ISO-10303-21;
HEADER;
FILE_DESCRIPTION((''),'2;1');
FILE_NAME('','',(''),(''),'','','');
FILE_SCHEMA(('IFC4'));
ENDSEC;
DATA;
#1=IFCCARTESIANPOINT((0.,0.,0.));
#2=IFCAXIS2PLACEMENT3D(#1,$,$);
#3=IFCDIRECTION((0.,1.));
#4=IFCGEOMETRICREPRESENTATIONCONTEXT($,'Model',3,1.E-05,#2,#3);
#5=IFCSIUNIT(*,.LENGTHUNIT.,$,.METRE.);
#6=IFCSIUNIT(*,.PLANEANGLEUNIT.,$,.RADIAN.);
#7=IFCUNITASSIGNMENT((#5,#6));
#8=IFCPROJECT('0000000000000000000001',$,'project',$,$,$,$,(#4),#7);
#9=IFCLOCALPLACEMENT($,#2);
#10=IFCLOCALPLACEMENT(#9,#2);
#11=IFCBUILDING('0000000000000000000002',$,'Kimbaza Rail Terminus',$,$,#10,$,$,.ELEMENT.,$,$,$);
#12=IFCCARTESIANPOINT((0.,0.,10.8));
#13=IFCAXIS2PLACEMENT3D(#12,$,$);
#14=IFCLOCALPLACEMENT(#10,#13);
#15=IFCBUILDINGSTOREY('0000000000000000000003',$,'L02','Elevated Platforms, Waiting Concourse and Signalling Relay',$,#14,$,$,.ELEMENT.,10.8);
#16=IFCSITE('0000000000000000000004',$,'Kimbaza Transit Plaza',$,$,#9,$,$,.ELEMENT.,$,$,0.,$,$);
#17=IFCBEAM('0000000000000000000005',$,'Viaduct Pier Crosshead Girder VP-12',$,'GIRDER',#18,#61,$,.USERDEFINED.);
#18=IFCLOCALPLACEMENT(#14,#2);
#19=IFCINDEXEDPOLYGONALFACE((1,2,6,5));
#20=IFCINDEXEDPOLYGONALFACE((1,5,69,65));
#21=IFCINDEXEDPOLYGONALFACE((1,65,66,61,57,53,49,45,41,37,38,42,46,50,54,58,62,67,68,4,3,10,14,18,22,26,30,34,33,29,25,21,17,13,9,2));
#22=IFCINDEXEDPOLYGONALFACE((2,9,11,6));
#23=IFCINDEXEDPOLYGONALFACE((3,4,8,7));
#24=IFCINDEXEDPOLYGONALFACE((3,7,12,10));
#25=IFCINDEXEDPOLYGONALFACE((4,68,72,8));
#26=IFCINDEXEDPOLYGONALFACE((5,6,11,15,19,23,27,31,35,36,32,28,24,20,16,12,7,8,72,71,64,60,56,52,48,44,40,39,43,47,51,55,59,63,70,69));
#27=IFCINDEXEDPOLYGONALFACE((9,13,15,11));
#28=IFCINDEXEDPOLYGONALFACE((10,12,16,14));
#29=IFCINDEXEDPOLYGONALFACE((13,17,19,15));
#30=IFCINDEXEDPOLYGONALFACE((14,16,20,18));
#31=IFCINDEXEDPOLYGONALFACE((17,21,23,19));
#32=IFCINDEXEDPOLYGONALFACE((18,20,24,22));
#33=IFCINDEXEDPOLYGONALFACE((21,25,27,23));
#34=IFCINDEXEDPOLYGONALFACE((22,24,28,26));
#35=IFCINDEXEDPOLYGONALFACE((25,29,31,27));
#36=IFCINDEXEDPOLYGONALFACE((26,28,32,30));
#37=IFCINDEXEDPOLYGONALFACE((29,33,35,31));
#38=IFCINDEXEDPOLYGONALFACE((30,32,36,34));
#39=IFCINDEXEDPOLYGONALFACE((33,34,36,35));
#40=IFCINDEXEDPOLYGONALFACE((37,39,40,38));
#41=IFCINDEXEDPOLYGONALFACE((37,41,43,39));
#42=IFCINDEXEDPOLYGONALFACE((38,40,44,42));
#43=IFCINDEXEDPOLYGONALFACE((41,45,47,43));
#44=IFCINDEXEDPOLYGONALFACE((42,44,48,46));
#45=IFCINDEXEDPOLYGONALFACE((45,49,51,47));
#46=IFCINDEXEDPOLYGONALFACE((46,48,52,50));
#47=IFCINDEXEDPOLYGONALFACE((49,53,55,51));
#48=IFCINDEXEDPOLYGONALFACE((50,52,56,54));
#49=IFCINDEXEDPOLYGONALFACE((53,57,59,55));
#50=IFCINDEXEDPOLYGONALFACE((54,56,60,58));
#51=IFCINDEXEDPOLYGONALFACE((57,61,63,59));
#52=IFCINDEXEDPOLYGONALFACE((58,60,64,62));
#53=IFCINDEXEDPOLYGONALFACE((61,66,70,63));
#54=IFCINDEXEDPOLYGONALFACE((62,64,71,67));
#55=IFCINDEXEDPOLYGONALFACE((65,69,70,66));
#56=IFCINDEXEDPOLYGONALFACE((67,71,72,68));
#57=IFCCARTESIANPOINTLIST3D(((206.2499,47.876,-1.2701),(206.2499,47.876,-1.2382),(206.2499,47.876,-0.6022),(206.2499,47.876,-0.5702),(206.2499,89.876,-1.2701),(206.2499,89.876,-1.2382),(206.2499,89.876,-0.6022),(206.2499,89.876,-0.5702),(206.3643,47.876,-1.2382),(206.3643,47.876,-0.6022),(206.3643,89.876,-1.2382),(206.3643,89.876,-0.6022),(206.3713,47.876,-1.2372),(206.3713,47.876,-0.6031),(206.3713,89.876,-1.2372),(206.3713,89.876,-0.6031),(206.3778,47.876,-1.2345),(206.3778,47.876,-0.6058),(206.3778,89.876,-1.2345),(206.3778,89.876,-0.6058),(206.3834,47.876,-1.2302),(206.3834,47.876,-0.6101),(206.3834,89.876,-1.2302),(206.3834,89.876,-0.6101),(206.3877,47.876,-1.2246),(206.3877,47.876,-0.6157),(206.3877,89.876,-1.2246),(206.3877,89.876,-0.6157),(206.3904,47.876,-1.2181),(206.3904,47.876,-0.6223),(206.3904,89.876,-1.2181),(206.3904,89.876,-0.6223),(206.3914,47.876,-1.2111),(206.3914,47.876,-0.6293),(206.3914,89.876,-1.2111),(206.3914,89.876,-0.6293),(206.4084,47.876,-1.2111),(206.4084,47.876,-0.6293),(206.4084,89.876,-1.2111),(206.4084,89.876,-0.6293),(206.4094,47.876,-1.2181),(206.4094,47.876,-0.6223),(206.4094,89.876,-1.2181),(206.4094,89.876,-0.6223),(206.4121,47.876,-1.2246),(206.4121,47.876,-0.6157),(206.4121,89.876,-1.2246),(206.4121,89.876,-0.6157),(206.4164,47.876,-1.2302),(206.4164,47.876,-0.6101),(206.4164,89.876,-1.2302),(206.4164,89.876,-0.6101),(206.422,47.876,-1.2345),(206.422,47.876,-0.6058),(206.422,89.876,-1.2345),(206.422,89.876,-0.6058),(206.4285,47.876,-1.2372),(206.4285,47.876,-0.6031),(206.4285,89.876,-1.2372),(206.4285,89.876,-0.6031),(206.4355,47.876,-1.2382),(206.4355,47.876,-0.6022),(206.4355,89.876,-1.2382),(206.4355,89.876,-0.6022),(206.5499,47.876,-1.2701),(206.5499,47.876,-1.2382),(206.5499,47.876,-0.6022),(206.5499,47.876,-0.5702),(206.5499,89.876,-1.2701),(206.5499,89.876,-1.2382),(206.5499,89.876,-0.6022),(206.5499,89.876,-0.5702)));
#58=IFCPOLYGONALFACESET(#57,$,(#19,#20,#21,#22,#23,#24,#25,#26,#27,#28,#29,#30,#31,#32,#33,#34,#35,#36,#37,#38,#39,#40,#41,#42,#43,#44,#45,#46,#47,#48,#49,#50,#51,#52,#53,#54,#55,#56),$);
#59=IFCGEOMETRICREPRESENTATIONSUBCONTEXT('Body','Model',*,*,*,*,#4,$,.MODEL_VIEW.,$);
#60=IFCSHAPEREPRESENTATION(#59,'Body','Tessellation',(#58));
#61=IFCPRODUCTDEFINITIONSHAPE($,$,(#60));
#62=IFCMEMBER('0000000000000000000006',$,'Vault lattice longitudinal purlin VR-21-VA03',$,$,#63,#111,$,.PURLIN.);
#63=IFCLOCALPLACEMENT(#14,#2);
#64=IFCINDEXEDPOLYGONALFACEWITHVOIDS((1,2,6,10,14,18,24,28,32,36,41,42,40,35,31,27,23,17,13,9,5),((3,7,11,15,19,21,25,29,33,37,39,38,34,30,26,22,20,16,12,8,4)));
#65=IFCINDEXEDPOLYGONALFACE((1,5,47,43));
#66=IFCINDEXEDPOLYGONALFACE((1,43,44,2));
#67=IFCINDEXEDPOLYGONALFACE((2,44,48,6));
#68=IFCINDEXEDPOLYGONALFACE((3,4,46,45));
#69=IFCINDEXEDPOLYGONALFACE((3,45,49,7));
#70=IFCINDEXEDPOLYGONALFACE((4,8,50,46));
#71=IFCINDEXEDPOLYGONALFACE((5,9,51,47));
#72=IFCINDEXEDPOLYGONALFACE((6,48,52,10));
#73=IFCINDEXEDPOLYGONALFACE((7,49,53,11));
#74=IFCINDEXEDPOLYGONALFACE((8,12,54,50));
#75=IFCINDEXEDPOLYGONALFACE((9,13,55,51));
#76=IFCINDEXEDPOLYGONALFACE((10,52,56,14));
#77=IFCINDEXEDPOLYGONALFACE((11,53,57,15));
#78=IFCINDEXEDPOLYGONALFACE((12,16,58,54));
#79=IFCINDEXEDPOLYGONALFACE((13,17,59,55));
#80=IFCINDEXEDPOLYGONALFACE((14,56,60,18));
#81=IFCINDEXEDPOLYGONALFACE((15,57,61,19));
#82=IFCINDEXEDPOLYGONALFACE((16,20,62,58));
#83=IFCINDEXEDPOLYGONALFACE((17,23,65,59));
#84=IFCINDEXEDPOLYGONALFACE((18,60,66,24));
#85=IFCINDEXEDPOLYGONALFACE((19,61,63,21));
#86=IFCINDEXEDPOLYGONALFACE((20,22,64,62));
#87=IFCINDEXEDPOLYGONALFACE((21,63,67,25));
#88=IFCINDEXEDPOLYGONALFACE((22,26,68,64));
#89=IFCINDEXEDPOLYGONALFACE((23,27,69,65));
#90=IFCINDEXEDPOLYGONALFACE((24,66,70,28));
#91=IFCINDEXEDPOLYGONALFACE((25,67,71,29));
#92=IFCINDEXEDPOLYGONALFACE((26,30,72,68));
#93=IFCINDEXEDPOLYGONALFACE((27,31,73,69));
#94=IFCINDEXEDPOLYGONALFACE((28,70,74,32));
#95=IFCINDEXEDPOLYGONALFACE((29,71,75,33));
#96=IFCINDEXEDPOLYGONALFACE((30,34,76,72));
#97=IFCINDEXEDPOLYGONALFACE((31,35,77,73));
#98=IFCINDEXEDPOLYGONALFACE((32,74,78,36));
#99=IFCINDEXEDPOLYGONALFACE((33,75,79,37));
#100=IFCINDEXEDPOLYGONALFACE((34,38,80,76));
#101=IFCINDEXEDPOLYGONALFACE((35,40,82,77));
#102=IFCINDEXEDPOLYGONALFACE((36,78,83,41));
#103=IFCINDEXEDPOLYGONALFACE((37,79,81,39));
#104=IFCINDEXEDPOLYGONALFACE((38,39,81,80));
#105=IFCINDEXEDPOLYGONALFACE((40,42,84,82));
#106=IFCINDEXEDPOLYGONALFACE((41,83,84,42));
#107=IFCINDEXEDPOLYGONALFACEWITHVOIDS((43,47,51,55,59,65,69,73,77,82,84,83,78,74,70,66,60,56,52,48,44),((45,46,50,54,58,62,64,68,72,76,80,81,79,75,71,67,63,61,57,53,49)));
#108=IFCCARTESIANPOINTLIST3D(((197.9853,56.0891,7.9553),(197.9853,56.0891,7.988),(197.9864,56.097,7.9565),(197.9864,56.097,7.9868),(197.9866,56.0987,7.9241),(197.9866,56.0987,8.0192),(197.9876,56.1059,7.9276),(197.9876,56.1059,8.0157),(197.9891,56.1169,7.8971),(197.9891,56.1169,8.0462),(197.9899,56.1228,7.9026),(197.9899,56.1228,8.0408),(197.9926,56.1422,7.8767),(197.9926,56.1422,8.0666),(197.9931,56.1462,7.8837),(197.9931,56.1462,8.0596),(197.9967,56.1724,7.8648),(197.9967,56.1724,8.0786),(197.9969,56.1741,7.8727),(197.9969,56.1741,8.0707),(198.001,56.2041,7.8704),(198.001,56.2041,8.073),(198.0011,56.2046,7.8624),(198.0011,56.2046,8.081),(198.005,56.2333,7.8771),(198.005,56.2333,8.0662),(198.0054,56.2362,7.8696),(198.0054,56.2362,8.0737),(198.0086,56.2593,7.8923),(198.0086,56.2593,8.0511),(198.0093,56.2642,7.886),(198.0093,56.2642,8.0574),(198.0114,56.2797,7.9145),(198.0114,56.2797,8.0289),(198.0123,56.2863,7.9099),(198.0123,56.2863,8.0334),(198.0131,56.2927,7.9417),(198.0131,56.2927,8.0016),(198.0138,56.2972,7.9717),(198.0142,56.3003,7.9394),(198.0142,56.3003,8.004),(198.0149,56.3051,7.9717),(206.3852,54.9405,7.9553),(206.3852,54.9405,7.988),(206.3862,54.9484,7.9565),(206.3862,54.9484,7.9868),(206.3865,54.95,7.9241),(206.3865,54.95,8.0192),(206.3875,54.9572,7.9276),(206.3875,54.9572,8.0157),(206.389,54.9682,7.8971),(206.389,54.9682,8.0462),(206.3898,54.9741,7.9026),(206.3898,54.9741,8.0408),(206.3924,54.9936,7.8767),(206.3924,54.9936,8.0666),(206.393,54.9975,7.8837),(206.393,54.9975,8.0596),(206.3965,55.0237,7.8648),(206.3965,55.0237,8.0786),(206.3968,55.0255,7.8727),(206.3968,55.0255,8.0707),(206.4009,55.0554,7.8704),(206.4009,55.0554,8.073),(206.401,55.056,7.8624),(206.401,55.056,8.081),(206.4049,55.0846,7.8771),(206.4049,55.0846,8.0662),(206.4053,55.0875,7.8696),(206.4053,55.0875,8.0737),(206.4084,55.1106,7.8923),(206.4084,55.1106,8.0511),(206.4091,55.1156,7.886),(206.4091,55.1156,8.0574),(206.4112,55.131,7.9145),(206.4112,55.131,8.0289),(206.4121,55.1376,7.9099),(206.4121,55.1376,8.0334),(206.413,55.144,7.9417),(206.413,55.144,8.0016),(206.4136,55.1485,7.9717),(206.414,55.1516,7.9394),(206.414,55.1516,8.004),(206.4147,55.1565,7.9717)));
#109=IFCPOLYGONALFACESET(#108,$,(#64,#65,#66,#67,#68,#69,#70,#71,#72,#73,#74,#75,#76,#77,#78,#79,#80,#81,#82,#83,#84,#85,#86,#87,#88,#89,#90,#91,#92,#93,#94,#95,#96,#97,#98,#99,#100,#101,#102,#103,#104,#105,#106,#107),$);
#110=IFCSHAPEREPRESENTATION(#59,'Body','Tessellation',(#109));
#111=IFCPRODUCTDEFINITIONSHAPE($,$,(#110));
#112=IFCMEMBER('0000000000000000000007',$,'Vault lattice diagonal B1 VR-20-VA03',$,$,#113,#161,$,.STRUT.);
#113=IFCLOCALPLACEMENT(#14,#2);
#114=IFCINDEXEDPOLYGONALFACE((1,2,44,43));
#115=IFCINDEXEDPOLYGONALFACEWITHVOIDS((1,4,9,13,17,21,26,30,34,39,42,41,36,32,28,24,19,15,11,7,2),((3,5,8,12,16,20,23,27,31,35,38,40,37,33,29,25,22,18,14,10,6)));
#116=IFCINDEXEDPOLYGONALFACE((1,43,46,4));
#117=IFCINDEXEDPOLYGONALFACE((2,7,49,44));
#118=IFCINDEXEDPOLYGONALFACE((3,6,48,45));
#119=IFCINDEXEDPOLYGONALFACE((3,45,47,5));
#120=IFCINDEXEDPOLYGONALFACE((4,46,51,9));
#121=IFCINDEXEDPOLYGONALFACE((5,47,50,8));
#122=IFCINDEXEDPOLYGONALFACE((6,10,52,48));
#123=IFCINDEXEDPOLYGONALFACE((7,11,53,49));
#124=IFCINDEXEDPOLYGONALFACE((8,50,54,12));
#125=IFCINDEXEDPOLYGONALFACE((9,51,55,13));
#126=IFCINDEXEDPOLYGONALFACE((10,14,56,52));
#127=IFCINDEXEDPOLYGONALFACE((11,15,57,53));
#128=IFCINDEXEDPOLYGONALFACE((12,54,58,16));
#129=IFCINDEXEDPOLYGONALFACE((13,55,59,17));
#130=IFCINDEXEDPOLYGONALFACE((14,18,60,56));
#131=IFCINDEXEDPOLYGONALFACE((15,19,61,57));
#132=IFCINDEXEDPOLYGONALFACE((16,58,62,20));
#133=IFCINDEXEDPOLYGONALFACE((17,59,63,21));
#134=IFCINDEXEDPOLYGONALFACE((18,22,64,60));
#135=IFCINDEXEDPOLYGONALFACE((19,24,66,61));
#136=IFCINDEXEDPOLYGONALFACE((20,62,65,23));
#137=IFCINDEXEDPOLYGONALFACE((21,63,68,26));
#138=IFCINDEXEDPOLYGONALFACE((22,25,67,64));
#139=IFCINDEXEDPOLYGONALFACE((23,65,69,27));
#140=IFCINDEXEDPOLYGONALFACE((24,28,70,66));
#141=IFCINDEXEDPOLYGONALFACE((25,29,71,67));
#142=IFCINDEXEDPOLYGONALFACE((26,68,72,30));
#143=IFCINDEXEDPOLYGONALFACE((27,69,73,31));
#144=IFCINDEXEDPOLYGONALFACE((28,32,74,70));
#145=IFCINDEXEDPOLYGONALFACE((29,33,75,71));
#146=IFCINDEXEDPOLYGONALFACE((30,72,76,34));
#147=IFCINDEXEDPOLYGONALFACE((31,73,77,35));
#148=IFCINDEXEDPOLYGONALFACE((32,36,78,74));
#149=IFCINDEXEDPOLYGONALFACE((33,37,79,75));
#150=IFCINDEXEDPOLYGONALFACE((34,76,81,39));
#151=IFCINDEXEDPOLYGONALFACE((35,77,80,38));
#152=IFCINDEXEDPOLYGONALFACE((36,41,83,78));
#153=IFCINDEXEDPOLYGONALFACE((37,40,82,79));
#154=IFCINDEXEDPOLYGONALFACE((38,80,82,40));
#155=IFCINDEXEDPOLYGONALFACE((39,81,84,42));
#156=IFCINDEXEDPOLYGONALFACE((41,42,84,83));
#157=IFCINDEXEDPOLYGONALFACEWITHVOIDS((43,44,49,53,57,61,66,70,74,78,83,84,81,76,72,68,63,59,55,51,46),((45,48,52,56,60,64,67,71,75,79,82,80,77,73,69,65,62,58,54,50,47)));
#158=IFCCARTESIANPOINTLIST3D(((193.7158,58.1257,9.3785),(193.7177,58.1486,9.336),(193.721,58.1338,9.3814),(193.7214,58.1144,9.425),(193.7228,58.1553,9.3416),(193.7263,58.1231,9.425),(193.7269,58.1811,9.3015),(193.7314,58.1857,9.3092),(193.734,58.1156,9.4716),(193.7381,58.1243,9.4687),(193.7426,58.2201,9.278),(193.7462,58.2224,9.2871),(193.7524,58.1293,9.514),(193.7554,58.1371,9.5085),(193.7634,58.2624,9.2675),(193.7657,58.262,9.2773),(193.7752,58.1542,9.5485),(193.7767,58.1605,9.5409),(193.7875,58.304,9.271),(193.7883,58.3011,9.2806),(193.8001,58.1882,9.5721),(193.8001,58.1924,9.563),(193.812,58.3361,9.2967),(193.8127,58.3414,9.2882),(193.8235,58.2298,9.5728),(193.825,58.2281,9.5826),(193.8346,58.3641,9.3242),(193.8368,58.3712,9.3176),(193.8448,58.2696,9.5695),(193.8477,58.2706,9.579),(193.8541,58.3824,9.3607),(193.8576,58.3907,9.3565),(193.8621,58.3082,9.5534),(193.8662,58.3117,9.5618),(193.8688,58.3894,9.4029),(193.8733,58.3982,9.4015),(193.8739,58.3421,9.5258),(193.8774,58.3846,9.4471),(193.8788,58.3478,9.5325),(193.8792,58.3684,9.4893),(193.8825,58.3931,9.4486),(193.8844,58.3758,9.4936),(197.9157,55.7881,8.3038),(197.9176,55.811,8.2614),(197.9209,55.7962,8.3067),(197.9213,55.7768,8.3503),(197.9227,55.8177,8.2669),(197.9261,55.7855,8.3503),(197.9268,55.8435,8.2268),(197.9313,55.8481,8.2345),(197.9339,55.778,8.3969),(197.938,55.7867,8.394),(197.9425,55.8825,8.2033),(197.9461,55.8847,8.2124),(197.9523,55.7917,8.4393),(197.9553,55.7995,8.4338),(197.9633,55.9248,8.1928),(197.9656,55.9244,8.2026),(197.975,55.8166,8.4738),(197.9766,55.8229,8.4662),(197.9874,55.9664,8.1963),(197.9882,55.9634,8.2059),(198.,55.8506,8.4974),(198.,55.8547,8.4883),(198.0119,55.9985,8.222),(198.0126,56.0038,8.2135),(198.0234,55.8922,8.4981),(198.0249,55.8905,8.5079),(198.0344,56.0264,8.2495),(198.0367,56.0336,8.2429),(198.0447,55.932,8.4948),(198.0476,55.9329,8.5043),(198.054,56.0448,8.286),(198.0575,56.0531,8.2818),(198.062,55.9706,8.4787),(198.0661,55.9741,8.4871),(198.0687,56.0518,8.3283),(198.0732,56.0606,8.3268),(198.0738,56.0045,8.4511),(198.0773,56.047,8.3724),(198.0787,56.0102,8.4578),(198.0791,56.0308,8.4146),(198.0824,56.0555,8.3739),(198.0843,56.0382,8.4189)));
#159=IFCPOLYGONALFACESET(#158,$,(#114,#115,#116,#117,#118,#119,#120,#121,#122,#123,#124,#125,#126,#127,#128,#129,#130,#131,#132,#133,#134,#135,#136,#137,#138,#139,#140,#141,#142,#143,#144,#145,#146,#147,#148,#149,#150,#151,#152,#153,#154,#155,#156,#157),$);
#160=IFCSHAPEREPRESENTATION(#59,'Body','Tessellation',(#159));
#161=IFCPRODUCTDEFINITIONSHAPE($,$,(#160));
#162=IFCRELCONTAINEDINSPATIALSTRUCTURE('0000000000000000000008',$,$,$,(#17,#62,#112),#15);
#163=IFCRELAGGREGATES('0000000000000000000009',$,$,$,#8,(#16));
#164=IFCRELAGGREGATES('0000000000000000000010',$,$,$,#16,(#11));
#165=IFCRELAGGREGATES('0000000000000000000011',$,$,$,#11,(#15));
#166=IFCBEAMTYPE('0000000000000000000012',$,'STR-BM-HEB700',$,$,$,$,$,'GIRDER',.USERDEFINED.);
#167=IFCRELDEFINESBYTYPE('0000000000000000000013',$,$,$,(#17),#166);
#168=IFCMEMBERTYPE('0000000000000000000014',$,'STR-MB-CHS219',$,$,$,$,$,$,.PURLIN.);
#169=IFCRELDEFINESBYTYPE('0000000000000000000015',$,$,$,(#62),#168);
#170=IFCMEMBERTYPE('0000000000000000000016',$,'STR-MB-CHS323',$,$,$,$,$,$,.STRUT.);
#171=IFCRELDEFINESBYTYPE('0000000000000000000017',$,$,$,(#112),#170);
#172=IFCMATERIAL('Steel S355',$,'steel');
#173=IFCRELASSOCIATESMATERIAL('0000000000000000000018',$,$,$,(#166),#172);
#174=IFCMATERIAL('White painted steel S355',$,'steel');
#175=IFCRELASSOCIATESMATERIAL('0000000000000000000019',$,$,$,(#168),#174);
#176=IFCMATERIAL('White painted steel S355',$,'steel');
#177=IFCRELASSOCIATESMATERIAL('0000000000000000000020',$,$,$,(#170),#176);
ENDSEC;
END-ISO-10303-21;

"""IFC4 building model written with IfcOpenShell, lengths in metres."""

from ifc_helpers import new_model, si_unit, direction, frame, origin, origin_2d, place, context, subcontext, project, spatial, hollow_circle, i_section, extrude, material, material_profile, profile_set, type_object, element, save


model = new_model("IFC4")

# Units and contexts
model_context = context("Model", 3, precision=1e-05, world=origin(), true_north=direction((0.0, 1.0)))
body_context = subcontext(model_context, "Body", "Model", "MODEL_VIEW")
ifc_project = project(units=[si_unit("LENGTHUNIT", "METRE"), si_unit("PLANEANGLEUNIT", "RADIAN")], contexts=[model_context])

# Site, building, storey
site_placement = place(None, origin())
site = spatial("IfcSite", under=ifc_project, at=site_placement, Name="Kimbaza Transit Plaza", CompositionType="ELEMENT", RefElevation=0.0)
building_placement = place(site_placement, origin())
building = spatial("IfcBuilding", under=site, at=building_placement, Name="Kimbaza Rail Terminus", CompositionType="ELEMENT")
storey_placement = place(building_placement, frame((0.0, 0.0, 10.8)))
storey = spatial("IfcBuildingStorey", under=building, at=storey_placement, Name="L02", Description="Elevated Platforms, Waiting Concourse and Signalling Relay", CompositionType="ELEMENT", Elevation=10.8)

# Beam
ifc_material_1 = material(Name="Steel S355", Category="steel")
ifc_material_profile_1 = material_profile(ifc_material_1, i_section(OverallWidth=0.3, OverallDepth=0.7, WebThickness=0.0171, FlangeThickness=0.032, FilletRadius=0.0271, at=origin_2d()), Name="HEB 700")
ifc_profile_set_1 = profile_set([ifc_material_profile_1], Name="Steel S355")
beam_type = type_object("IfcBeamType", Name="STR-BM-HEB700", ElementType="GIRDER", PredefinedType="USERDEFINED", material=ifc_profile_set_1)
beam_placement = place(storey_placement, frame((206.3999, 47.876, -0.9202), z_axis=(0.0, 1.0, 0.0), x_axis=(-1.0, 0.0, 0.0)))
element("IfcBeam", 1, at=beam_placement, inside=storey, type_object=beam_type, Name="Viaduct Pier Crosshead Girder VP-12", ObjectType="GIRDER", PredefinedType="USERDEFINED", context=body_context, shape_type="SweptSolid", body=[
    extrude(i_section(OverallWidth=0.3, OverallDepth=0.7, WebThickness=0.0171, FlangeThickness=0.032, FilletRadius=0.0271, at=origin_2d()), origin(), (0.0, 0.0, 1.0), 42.0),
])

# Members
ifc_material_2 = material(Name="White painted steel S355", Category="steel")
ifc_material_profile_2 = material_profile(ifc_material_2, hollow_circle(Radius=0.1096, WallThickness=0.0081, at=origin_2d()), Name="CHS 219.1x8")
ifc_profile_set_2 = profile_set([ifc_material_profile_2], Name="White painted steel S355")
member_type_1 = type_object("IfcMemberType", Name="STR-MB-CHS219", PredefinedType="PURLIN", material=ifc_profile_set_2)
member_1_placement = place(storey_placement, frame((198.0, 56.1965, 7.9717), z_axis=(0.990779, -0.135488, 0.0), x_axis=(0.135488, 0.990779, 0.0)))
element("IfcMember", 2, at=member_1_placement, inside=storey, type_object=member_type_1, Name="Vault lattice longitudinal purlin VR-21-VA03", PredefinedType="PURLIN", context=body_context, shape_type="SweptSolid", body=[
    extrude(hollow_circle(Radius=0.1096, WallThickness=0.0081, at=origin_2d()), origin(), (0.0, 0.0, 1.0), 8.478),
])
ifc_material_3 = material(Name="White painted steel S355", Category="steel")
ifc_material_profile_3 = material_profile(ifc_material_3, hollow_circle(Radius=0.1619, WallThickness=0.01, at=origin_2d()), Name="CHS 323.9x10")
ifc_profile_set_3 = profile_set([ifc_material_profile_3], Name="White painted steel S355")
member_type_2 = type_object("IfcMemberType", Name="STR-MB-CHS323", PredefinedType="STRUT", material=ifc_profile_set_3)
member_2_placement = place(storey_placement, frame((198.0, 55.9182, 8.3503), z_axis=(-0.85272, 0.474614, 0.218199), x_axis=(-0.486333, -0.873774, 0.0)))
element("IfcMember", 3, at=member_2_placement, inside=storey, type_object=member_type_2, Name="Vault lattice diagonal B1 VR-20-VA03", PredefinedType="STRUT", context=body_context, shape_type="SweptSolid", body=[
    extrude(hollow_circle(Radius=0.1619, WallThickness=0.01, at=origin_2d()), origin(), (0.0, 0.0, 1.0), 4.9253),
])

save(model, "model.ifc")
